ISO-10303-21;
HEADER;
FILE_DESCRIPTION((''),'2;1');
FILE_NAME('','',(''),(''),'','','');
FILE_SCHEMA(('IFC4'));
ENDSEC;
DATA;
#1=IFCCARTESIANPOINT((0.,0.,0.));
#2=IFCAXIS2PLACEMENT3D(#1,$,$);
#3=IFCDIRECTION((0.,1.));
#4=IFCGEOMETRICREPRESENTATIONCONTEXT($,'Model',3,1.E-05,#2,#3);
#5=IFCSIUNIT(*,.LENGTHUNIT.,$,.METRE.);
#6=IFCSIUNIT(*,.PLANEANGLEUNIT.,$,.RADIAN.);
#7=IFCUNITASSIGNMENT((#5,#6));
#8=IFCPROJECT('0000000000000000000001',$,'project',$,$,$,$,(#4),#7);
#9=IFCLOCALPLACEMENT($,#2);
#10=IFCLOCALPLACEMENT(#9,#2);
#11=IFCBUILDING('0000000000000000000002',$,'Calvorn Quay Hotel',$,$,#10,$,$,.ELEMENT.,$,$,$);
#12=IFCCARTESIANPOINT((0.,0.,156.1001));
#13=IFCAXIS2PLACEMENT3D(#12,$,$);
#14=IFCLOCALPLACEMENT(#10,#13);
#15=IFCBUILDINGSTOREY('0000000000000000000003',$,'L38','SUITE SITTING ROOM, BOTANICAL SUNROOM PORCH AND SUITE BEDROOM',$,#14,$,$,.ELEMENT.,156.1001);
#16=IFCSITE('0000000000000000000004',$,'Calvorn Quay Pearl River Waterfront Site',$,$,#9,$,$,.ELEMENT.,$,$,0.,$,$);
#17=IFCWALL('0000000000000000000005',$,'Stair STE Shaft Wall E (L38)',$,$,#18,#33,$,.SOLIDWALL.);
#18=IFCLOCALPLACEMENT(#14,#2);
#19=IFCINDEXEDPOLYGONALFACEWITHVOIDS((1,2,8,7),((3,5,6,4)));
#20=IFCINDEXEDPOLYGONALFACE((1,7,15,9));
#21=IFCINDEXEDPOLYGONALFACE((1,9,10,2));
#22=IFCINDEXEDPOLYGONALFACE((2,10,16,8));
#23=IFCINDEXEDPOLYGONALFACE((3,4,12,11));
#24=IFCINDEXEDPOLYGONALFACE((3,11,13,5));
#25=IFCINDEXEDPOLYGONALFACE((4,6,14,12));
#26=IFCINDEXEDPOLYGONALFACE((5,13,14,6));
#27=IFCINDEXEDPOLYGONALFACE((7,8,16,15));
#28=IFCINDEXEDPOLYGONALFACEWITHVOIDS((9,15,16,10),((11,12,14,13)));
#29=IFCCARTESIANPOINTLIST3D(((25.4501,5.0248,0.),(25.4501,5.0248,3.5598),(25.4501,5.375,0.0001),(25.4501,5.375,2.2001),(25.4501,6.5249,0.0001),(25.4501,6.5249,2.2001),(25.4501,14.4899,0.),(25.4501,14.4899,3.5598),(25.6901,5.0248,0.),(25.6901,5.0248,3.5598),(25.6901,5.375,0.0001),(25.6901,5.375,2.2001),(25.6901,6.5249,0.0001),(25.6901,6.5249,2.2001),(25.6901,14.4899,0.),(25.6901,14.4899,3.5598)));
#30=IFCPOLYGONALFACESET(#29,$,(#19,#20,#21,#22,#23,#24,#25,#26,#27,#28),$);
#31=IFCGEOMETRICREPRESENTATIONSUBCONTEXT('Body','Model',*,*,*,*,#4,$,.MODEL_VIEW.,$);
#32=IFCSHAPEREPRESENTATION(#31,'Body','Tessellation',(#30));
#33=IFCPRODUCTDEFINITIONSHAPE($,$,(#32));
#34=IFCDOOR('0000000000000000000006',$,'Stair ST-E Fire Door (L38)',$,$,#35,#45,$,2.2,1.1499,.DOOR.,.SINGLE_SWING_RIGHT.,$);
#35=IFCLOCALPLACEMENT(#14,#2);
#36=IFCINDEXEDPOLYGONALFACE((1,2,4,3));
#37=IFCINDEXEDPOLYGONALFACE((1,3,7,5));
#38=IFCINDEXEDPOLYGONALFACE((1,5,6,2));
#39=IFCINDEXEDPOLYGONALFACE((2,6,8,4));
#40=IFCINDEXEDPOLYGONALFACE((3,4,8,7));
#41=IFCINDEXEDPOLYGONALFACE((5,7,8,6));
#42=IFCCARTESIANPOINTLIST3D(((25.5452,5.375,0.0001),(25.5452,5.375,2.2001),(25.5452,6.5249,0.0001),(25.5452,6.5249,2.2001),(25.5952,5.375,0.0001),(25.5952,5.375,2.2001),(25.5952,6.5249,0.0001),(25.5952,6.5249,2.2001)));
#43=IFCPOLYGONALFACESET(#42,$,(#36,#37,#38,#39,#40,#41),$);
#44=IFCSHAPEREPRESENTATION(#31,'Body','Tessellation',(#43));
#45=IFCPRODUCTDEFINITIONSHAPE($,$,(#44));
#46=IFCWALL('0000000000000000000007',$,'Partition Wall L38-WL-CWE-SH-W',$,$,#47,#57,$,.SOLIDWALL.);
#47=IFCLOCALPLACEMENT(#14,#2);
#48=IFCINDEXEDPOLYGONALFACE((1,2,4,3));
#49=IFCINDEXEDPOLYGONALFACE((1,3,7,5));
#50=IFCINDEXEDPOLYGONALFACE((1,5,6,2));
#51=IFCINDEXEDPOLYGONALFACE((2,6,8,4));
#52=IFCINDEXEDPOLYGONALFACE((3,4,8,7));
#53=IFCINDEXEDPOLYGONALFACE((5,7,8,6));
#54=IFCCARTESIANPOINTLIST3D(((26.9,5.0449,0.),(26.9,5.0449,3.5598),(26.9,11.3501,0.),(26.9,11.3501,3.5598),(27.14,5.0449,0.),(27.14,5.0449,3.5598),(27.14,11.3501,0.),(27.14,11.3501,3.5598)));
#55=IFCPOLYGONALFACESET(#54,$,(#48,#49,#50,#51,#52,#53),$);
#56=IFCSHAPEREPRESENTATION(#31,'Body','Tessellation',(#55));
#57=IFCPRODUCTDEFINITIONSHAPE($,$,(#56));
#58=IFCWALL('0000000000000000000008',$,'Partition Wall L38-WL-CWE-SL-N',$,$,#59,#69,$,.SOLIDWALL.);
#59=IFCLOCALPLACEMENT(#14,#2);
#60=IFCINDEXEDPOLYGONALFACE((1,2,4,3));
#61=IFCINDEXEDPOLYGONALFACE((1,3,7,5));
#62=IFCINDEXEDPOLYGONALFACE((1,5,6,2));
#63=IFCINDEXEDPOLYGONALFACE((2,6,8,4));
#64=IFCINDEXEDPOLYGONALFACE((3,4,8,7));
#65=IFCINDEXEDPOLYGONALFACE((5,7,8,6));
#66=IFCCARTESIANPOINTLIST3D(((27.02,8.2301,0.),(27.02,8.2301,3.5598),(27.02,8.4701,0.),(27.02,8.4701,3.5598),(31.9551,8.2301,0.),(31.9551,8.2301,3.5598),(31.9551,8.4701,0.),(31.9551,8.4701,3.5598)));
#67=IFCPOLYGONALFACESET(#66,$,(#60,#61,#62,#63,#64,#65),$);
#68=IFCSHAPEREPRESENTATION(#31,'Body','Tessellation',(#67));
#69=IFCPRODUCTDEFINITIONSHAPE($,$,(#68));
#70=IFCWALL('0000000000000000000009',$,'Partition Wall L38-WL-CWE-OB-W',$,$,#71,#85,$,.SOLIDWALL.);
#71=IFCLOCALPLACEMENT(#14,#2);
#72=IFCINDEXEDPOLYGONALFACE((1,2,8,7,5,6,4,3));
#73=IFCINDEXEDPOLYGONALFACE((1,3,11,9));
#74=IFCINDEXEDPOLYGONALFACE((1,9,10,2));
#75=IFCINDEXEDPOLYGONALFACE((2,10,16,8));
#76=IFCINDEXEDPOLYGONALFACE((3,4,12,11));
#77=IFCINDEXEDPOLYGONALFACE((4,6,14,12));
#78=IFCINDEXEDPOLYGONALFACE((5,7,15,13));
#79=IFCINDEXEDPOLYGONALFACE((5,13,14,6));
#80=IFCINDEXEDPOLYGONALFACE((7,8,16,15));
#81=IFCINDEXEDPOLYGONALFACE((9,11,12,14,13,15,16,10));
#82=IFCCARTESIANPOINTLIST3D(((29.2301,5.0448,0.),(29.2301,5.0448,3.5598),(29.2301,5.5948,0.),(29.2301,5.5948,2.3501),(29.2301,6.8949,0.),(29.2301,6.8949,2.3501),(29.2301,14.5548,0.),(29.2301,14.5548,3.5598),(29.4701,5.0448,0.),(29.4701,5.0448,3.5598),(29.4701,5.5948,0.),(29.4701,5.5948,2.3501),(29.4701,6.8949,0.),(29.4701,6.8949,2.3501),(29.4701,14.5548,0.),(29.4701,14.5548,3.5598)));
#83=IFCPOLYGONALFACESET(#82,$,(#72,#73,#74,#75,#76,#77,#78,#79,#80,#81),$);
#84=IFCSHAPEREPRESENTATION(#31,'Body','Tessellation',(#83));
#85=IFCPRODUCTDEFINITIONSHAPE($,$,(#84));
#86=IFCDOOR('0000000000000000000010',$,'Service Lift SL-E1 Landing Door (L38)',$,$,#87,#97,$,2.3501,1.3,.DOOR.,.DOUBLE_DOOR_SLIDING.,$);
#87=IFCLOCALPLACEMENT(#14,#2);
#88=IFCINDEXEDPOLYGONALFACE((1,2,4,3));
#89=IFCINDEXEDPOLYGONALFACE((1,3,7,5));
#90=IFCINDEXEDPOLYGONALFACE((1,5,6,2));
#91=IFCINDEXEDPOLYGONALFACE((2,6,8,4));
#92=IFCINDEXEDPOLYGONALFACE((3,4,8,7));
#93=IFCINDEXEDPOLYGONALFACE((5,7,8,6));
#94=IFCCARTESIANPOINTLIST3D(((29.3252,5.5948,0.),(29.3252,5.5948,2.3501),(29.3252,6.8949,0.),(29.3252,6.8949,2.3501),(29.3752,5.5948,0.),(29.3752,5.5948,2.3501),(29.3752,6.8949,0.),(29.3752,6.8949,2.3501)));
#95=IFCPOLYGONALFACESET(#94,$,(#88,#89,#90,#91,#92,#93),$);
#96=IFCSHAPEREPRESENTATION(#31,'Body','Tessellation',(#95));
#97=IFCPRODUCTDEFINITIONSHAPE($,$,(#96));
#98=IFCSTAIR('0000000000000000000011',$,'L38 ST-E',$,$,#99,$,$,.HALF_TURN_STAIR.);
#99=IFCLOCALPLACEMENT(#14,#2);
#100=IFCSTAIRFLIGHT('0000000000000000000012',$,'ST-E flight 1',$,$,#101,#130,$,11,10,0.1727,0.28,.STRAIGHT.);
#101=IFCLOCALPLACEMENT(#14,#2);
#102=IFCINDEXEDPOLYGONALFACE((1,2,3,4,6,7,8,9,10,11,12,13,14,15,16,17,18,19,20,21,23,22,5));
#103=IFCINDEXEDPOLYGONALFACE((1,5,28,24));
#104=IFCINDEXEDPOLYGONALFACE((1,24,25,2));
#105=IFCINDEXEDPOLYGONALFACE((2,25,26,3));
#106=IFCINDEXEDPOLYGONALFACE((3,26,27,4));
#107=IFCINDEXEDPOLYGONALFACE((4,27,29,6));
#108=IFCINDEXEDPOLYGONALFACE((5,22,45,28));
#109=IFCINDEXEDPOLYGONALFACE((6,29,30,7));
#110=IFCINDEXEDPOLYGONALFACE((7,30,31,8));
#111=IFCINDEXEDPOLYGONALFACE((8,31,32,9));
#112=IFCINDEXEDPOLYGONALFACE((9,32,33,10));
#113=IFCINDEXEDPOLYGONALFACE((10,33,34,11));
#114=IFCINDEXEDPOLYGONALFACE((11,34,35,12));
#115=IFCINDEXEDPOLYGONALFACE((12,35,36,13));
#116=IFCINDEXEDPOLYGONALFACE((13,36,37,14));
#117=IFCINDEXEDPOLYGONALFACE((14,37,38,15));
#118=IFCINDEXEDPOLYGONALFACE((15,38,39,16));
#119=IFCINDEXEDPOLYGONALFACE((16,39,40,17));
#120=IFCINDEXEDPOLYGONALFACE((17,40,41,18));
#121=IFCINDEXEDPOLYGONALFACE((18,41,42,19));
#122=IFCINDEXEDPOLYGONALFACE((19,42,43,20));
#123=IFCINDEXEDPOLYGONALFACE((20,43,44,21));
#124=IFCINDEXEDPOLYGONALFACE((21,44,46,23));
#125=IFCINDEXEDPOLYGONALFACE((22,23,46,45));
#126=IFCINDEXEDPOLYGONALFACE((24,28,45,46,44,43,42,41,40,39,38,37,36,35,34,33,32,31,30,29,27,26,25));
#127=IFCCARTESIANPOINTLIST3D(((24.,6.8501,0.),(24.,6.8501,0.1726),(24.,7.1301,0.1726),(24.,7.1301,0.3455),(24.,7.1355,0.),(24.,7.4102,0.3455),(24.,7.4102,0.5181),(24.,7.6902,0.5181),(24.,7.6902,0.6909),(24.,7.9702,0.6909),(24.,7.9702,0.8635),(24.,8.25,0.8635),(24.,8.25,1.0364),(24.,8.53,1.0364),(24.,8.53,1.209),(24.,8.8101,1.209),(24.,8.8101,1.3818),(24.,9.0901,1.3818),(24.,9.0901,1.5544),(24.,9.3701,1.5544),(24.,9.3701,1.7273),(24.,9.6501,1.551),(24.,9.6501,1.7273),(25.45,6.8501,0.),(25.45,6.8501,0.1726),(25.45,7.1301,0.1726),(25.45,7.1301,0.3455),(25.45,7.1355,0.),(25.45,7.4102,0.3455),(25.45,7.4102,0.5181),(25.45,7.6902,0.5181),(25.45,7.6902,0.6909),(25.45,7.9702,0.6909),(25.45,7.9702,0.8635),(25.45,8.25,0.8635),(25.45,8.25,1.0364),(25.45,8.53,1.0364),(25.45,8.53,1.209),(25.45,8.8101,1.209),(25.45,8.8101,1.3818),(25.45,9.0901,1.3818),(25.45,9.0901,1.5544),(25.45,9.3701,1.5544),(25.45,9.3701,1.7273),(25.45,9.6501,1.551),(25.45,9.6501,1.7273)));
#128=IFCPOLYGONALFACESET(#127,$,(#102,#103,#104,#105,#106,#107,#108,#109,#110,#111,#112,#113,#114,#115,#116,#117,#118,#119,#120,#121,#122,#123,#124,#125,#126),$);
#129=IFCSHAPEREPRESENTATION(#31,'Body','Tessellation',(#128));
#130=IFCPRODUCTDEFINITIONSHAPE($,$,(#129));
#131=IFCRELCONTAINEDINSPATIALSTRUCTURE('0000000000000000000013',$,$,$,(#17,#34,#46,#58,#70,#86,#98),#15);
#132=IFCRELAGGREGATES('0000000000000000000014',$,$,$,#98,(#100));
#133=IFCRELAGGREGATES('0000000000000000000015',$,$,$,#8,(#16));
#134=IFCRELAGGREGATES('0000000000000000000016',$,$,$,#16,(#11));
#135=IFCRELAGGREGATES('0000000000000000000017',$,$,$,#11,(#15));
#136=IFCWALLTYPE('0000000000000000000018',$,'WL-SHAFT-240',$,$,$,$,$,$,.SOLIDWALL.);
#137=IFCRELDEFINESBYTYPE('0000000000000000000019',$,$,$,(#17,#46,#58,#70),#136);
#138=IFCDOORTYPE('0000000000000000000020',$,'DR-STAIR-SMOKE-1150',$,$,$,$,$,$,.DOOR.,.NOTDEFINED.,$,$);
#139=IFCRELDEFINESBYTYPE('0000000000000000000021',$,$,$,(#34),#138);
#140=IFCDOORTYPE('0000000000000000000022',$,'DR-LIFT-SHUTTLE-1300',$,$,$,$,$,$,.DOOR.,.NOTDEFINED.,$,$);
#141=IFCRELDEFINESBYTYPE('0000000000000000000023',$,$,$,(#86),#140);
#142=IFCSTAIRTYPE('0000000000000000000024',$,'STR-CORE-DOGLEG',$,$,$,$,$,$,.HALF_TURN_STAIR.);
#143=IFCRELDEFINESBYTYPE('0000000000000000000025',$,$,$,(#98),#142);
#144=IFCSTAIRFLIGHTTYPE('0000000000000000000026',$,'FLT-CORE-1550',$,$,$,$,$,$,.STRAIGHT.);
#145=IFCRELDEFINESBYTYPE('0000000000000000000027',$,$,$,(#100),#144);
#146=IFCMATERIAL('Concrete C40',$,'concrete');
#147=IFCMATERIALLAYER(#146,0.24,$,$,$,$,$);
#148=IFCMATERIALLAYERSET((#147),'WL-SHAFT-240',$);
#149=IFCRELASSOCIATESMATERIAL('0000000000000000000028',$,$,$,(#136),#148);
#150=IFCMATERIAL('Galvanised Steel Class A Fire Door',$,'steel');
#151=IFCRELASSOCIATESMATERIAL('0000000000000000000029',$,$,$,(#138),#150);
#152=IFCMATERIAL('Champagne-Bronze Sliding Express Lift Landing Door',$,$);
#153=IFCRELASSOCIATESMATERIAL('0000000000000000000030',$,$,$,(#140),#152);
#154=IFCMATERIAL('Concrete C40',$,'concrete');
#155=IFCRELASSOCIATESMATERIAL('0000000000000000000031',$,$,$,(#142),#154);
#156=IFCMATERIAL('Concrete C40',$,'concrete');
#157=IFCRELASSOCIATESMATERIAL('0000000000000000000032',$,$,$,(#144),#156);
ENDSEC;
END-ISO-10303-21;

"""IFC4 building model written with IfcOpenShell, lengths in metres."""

from ifc_helpers import new_model, si_unit, direction, frame, frame_2d, origin, place, context, subcontext, project, spatial, polyline, rectangle, outline, extrude, material, layer, layer_set, type_object, element, fill, aggregate, save


model = new_model("IFC4")

# Units and contexts
model_context = context("Model", 3, precision=1e-05, world=origin(), true_north=direction((0.0, 1.0)))
body_context = subcontext(model_context, "Body", "Model", "MODEL_VIEW")
ifc_project = project(units=[si_unit("LENGTHUNIT", "METRE"), si_unit("PLANEANGLEUNIT", "RADIAN")], contexts=[model_context])

# Site, building, storey
site_placement = place(None, origin())
site = spatial("IfcSite", under=ifc_project, at=site_placement, Name="Calvorn Quay Pearl River Waterfront Site", CompositionType="ELEMENT", RefElevation=0.0)
building_placement = place(site_placement, origin())
building = spatial("IfcBuilding", under=site, at=building_placement, Name="Calvorn Quay Hotel", CompositionType="ELEMENT")
storey_placement = place(building_placement, frame((0.0, 0.0, 156.1001)))
storey = spatial("IfcBuildingStorey", under=building, at=storey_placement, Name="L38", Description="SUITE SITTING ROOM, BOTANICAL SUNROOM PORCH AND SUITE BEDROOM", CompositionType="ELEMENT", Elevation=156.1001)

# Wall, opening, door
ifc_material_1 = material(Name="Concrete C40", Category="concrete")
ifc_layer_1 = layer(ifc_material_1, 0.24)
ifc_layer_set_1 = layer_set([ifc_layer_1], Name="WL-SHAFT-240")
wall_type_1 = type_object("IfcWallType", Name="WL-SHAFT-240", PredefinedType="SOLIDWALL", material=ifc_layer_set_1)
wall_1_placement = place(storey_placement, frame((25.5701, 5.0249, 0.0), z_axis=(0.0, 0.0, 1.0), x_axis=(0.0, 1.0, 0.0)))
wall_1 = element("IfcWall", 1, at=wall_1_placement, inside=storey, type_object=wall_type_1, Name="Stair STE Shaft Wall E (L38)", PredefinedType="SOLIDWALL", context=body_context, shape_type="SweptSolid", body=[
    extrude(rectangle(XDim=9.4651, YDim=0.24, at=frame_2d((4.7324, 0.0))), origin(), (0.0, 0.0, 1.0), 3.5598),
])
opening_1_placement = place(wall_1_placement, frame((0.3501, 0.0, 0.0)))
opening_1 = element("IfcOpeningElement", 2, at=opening_1_placement, cuts=wall_1, PredefinedType="OPENING", context=body_context, shape_type="SweptSolid", body=[
    extrude(rectangle(XDim=1.1499, YDim=2.2, at=frame_2d((0.575, 1.1001))), frame((0.0, 0.1299, 0.0), z_axis=(0.0, -1.0, 0.0), x_axis=(1.0, 0.0, 0.0)), (0.0, 0.0, 1.0), 0.26),
])
ifc_material_2 = material(Name="Galvanised Steel Class A Fire Door", Category="steel")
door_type_1 = type_object("IfcDoorType", Name="DR-STAIR-SMOKE-1150", OperationType="NOTDEFINED", PredefinedType="DOOR", material=ifc_material_2)
door_1_placement = place(opening_1_placement, origin())
door_1 = element("IfcDoor", 3, at=door_1_placement, inside=storey, type_object=door_type_1, Name="Stair ST-E Fire Door (L38)", OperationType="SINGLE_SWING_RIGHT", OverallHeight=2.2, OverallWidth=1.1499, PredefinedType="DOOR", context=body_context, shape_type="SweptSolid", body=[
    extrude(rectangle(XDim=1.1499, YDim=2.2, at=frame_2d((0.575, 1.1001))), frame((0.0, 0.0249, 0.0), z_axis=(0.0, -1.0, 0.0), x_axis=(1.0, 0.0, 0.0)), (0.0, 0.0, 1.0), 0.05),
])
fill(opening_1, door_1)

# Walls
wall_2_placement = place(storey_placement, frame((27.02, 5.0449, 0.0), z_axis=(0.0, 0.0, 1.0), x_axis=(0.0, 1.0, 0.0)))
element("IfcWall", 4, at=wall_2_placement, inside=storey, type_object=wall_type_1, Name="Partition Wall L38-WL-CWE-SH-W", PredefinedType="SOLIDWALL", context=body_context, shape_type="SweptSolid", body=[
    extrude(rectangle(XDim=6.3052, YDim=0.24, at=frame_2d((3.1526, 0.0))), origin(), (0.0, 0.0, 1.0), 3.5598),
])
wall_3_placement = place(storey_placement, frame((27.02, 8.3501, 0.0), z_axis=(0.0, 0.0, 1.0), x_axis=(1.0, 0.0, 0.0)))
element("IfcWall", 5, at=wall_3_placement, inside=storey, type_object=wall_type_1, Name="Partition Wall L38-WL-CWE-SL-N", PredefinedType="SOLIDWALL", context=body_context, shape_type="SweptSolid", body=[
    extrude(rectangle(XDim=4.9351, YDim=0.24, at=frame_2d((2.4675, 0.0))), origin(), (0.0, 0.0, 1.0), 3.5598),
])

# Wall, opening, door
wall_4_placement = place(storey_placement, frame((29.3501, 5.0449, 0.0), z_axis=(0.0, 0.0, 1.0), x_axis=(0.0, 1.0, 0.0)))
wall_4 = element("IfcWall", 6, at=wall_4_placement, inside=storey, type_object=wall_type_1, Name="Partition Wall L38-WL-CWE-OB-W", PredefinedType="SOLIDWALL", context=body_context, shape_type="SweptSolid", body=[
    extrude(rectangle(XDim=9.51, YDim=0.24, at=frame_2d((4.7549, 0.0))), origin(), (0.0, 0.0, 1.0), 3.5598),
])
opening_2_placement = place(wall_4_placement, frame((0.55, 0.0, 0.0)))
opening_2 = element("IfcOpeningElement", 7, at=opening_2_placement, cuts=wall_4, PredefinedType="OPENING", context=body_context, shape_type="SweptSolid", body=[
    extrude(rectangle(XDim=1.3, YDim=2.3501, at=frame_2d((0.6499, 1.175))), frame((0.0, 0.1299, 0.0), z_axis=(0.0, -1.0, 0.0), x_axis=(1.0, 0.0, 0.0)), (0.0, 0.0, 1.0), 0.26),
])
ifc_material_3 = material(Name="Champagne-Bronze Sliding Express Lift Landing Door")
door_type_2 = type_object("IfcDoorType", Name="DR-LIFT-SHUTTLE-1300", OperationType="NOTDEFINED", PredefinedType="DOOR", material=ifc_material_3)
door_2_placement = place(opening_2_placement, origin())
door_2 = element("IfcDoor", 8, at=door_2_placement, inside=storey, type_object=door_type_2, Name="Service Lift SL-E1 Landing Door (L38)", OperationType="DOUBLE_DOOR_SLIDING", OverallHeight=2.3501, OverallWidth=1.3, PredefinedType="DOOR", context=body_context, shape_type="SweptSolid", body=[
    extrude(rectangle(XDim=1.3, YDim=2.3501, at=frame_2d((0.6499, 1.175))), frame((0.0, 0.0249, 0.0), z_axis=(0.0, -1.0, 0.0), x_axis=(1.0, 0.0, 0.0)), (0.0, 0.0, 1.0), 0.05),
])
fill(opening_2, door_2)

# Stair, stair flight
ifc_material_4 = material(Name="Concrete C40", Category="concrete")
stair_type = type_object("IfcStairType", Name="STR-CORE-DOGLEG", PredefinedType="HALF_TURN_STAIR", material=ifc_material_4)
stair_placement = place(storey_placement, origin())
stair = element("IfcStair", 9, at=stair_placement, inside=storey, type_object=stair_type, Name="L38 ST-E", PredefinedType="HALF_TURN_STAIR")
ifc_material_5 = material(Name="Concrete C40", Category="concrete")
stair_flight_type = type_object("IfcStairFlightType", Name="FLT-CORE-1550", PredefinedType="STRAIGHT", material=ifc_material_5)
stair_flight_placement = place(storey_placement, frame((24.7251, 6.8501, 0.0), z_axis=(0.0, 0.0, 1.0), x_axis=(0.0, 1.0, 0.0)))
stair_flight = element("IfcStairFlight", 10, at=stair_flight_placement, type_object=stair_flight_type, Name="ST-E flight 1", NumberOfRisers=11, NumberOfTreads=10, PredefinedType="STRAIGHT", RiserHeight=0.1727, TreadLength=0.28, context=body_context, shape_type="SweptSolid", body=[
    extrude(outline(polyline([(0.0, 0.0), (0.0, 0.1726), (0.28, 0.1726), (0.28, 0.3455), (0.5601, 0.3455), (0.5601, 0.5181), (0.8401, 0.5181), (0.8401, 0.6909), (1.1201, 0.6909), (1.1201, 0.8635), (1.3999, 0.8635), (1.3999, 1.0364), (1.6799, 1.0364), (1.6799, 1.209), (1.96, 1.209), (1.96, 1.3818), (2.24, 1.3818), (2.24, 1.5544), (2.52, 1.5544), (2.52, 1.7273), (2.8, 1.7273), (2.8, 1.8999), (2.8, 1.551), (0.2854, 0.0), (0.0, 0.0)])), frame((0.0, 0.7251, 0.0), z_axis=(0.0, -1.0, 0.0), x_axis=(1.0, 0.0, 0.0)), (0.0, 0.0, 1.0), 1.45),
])
aggregate(stair, [stair_flight])

save(model, "model.ifc")
